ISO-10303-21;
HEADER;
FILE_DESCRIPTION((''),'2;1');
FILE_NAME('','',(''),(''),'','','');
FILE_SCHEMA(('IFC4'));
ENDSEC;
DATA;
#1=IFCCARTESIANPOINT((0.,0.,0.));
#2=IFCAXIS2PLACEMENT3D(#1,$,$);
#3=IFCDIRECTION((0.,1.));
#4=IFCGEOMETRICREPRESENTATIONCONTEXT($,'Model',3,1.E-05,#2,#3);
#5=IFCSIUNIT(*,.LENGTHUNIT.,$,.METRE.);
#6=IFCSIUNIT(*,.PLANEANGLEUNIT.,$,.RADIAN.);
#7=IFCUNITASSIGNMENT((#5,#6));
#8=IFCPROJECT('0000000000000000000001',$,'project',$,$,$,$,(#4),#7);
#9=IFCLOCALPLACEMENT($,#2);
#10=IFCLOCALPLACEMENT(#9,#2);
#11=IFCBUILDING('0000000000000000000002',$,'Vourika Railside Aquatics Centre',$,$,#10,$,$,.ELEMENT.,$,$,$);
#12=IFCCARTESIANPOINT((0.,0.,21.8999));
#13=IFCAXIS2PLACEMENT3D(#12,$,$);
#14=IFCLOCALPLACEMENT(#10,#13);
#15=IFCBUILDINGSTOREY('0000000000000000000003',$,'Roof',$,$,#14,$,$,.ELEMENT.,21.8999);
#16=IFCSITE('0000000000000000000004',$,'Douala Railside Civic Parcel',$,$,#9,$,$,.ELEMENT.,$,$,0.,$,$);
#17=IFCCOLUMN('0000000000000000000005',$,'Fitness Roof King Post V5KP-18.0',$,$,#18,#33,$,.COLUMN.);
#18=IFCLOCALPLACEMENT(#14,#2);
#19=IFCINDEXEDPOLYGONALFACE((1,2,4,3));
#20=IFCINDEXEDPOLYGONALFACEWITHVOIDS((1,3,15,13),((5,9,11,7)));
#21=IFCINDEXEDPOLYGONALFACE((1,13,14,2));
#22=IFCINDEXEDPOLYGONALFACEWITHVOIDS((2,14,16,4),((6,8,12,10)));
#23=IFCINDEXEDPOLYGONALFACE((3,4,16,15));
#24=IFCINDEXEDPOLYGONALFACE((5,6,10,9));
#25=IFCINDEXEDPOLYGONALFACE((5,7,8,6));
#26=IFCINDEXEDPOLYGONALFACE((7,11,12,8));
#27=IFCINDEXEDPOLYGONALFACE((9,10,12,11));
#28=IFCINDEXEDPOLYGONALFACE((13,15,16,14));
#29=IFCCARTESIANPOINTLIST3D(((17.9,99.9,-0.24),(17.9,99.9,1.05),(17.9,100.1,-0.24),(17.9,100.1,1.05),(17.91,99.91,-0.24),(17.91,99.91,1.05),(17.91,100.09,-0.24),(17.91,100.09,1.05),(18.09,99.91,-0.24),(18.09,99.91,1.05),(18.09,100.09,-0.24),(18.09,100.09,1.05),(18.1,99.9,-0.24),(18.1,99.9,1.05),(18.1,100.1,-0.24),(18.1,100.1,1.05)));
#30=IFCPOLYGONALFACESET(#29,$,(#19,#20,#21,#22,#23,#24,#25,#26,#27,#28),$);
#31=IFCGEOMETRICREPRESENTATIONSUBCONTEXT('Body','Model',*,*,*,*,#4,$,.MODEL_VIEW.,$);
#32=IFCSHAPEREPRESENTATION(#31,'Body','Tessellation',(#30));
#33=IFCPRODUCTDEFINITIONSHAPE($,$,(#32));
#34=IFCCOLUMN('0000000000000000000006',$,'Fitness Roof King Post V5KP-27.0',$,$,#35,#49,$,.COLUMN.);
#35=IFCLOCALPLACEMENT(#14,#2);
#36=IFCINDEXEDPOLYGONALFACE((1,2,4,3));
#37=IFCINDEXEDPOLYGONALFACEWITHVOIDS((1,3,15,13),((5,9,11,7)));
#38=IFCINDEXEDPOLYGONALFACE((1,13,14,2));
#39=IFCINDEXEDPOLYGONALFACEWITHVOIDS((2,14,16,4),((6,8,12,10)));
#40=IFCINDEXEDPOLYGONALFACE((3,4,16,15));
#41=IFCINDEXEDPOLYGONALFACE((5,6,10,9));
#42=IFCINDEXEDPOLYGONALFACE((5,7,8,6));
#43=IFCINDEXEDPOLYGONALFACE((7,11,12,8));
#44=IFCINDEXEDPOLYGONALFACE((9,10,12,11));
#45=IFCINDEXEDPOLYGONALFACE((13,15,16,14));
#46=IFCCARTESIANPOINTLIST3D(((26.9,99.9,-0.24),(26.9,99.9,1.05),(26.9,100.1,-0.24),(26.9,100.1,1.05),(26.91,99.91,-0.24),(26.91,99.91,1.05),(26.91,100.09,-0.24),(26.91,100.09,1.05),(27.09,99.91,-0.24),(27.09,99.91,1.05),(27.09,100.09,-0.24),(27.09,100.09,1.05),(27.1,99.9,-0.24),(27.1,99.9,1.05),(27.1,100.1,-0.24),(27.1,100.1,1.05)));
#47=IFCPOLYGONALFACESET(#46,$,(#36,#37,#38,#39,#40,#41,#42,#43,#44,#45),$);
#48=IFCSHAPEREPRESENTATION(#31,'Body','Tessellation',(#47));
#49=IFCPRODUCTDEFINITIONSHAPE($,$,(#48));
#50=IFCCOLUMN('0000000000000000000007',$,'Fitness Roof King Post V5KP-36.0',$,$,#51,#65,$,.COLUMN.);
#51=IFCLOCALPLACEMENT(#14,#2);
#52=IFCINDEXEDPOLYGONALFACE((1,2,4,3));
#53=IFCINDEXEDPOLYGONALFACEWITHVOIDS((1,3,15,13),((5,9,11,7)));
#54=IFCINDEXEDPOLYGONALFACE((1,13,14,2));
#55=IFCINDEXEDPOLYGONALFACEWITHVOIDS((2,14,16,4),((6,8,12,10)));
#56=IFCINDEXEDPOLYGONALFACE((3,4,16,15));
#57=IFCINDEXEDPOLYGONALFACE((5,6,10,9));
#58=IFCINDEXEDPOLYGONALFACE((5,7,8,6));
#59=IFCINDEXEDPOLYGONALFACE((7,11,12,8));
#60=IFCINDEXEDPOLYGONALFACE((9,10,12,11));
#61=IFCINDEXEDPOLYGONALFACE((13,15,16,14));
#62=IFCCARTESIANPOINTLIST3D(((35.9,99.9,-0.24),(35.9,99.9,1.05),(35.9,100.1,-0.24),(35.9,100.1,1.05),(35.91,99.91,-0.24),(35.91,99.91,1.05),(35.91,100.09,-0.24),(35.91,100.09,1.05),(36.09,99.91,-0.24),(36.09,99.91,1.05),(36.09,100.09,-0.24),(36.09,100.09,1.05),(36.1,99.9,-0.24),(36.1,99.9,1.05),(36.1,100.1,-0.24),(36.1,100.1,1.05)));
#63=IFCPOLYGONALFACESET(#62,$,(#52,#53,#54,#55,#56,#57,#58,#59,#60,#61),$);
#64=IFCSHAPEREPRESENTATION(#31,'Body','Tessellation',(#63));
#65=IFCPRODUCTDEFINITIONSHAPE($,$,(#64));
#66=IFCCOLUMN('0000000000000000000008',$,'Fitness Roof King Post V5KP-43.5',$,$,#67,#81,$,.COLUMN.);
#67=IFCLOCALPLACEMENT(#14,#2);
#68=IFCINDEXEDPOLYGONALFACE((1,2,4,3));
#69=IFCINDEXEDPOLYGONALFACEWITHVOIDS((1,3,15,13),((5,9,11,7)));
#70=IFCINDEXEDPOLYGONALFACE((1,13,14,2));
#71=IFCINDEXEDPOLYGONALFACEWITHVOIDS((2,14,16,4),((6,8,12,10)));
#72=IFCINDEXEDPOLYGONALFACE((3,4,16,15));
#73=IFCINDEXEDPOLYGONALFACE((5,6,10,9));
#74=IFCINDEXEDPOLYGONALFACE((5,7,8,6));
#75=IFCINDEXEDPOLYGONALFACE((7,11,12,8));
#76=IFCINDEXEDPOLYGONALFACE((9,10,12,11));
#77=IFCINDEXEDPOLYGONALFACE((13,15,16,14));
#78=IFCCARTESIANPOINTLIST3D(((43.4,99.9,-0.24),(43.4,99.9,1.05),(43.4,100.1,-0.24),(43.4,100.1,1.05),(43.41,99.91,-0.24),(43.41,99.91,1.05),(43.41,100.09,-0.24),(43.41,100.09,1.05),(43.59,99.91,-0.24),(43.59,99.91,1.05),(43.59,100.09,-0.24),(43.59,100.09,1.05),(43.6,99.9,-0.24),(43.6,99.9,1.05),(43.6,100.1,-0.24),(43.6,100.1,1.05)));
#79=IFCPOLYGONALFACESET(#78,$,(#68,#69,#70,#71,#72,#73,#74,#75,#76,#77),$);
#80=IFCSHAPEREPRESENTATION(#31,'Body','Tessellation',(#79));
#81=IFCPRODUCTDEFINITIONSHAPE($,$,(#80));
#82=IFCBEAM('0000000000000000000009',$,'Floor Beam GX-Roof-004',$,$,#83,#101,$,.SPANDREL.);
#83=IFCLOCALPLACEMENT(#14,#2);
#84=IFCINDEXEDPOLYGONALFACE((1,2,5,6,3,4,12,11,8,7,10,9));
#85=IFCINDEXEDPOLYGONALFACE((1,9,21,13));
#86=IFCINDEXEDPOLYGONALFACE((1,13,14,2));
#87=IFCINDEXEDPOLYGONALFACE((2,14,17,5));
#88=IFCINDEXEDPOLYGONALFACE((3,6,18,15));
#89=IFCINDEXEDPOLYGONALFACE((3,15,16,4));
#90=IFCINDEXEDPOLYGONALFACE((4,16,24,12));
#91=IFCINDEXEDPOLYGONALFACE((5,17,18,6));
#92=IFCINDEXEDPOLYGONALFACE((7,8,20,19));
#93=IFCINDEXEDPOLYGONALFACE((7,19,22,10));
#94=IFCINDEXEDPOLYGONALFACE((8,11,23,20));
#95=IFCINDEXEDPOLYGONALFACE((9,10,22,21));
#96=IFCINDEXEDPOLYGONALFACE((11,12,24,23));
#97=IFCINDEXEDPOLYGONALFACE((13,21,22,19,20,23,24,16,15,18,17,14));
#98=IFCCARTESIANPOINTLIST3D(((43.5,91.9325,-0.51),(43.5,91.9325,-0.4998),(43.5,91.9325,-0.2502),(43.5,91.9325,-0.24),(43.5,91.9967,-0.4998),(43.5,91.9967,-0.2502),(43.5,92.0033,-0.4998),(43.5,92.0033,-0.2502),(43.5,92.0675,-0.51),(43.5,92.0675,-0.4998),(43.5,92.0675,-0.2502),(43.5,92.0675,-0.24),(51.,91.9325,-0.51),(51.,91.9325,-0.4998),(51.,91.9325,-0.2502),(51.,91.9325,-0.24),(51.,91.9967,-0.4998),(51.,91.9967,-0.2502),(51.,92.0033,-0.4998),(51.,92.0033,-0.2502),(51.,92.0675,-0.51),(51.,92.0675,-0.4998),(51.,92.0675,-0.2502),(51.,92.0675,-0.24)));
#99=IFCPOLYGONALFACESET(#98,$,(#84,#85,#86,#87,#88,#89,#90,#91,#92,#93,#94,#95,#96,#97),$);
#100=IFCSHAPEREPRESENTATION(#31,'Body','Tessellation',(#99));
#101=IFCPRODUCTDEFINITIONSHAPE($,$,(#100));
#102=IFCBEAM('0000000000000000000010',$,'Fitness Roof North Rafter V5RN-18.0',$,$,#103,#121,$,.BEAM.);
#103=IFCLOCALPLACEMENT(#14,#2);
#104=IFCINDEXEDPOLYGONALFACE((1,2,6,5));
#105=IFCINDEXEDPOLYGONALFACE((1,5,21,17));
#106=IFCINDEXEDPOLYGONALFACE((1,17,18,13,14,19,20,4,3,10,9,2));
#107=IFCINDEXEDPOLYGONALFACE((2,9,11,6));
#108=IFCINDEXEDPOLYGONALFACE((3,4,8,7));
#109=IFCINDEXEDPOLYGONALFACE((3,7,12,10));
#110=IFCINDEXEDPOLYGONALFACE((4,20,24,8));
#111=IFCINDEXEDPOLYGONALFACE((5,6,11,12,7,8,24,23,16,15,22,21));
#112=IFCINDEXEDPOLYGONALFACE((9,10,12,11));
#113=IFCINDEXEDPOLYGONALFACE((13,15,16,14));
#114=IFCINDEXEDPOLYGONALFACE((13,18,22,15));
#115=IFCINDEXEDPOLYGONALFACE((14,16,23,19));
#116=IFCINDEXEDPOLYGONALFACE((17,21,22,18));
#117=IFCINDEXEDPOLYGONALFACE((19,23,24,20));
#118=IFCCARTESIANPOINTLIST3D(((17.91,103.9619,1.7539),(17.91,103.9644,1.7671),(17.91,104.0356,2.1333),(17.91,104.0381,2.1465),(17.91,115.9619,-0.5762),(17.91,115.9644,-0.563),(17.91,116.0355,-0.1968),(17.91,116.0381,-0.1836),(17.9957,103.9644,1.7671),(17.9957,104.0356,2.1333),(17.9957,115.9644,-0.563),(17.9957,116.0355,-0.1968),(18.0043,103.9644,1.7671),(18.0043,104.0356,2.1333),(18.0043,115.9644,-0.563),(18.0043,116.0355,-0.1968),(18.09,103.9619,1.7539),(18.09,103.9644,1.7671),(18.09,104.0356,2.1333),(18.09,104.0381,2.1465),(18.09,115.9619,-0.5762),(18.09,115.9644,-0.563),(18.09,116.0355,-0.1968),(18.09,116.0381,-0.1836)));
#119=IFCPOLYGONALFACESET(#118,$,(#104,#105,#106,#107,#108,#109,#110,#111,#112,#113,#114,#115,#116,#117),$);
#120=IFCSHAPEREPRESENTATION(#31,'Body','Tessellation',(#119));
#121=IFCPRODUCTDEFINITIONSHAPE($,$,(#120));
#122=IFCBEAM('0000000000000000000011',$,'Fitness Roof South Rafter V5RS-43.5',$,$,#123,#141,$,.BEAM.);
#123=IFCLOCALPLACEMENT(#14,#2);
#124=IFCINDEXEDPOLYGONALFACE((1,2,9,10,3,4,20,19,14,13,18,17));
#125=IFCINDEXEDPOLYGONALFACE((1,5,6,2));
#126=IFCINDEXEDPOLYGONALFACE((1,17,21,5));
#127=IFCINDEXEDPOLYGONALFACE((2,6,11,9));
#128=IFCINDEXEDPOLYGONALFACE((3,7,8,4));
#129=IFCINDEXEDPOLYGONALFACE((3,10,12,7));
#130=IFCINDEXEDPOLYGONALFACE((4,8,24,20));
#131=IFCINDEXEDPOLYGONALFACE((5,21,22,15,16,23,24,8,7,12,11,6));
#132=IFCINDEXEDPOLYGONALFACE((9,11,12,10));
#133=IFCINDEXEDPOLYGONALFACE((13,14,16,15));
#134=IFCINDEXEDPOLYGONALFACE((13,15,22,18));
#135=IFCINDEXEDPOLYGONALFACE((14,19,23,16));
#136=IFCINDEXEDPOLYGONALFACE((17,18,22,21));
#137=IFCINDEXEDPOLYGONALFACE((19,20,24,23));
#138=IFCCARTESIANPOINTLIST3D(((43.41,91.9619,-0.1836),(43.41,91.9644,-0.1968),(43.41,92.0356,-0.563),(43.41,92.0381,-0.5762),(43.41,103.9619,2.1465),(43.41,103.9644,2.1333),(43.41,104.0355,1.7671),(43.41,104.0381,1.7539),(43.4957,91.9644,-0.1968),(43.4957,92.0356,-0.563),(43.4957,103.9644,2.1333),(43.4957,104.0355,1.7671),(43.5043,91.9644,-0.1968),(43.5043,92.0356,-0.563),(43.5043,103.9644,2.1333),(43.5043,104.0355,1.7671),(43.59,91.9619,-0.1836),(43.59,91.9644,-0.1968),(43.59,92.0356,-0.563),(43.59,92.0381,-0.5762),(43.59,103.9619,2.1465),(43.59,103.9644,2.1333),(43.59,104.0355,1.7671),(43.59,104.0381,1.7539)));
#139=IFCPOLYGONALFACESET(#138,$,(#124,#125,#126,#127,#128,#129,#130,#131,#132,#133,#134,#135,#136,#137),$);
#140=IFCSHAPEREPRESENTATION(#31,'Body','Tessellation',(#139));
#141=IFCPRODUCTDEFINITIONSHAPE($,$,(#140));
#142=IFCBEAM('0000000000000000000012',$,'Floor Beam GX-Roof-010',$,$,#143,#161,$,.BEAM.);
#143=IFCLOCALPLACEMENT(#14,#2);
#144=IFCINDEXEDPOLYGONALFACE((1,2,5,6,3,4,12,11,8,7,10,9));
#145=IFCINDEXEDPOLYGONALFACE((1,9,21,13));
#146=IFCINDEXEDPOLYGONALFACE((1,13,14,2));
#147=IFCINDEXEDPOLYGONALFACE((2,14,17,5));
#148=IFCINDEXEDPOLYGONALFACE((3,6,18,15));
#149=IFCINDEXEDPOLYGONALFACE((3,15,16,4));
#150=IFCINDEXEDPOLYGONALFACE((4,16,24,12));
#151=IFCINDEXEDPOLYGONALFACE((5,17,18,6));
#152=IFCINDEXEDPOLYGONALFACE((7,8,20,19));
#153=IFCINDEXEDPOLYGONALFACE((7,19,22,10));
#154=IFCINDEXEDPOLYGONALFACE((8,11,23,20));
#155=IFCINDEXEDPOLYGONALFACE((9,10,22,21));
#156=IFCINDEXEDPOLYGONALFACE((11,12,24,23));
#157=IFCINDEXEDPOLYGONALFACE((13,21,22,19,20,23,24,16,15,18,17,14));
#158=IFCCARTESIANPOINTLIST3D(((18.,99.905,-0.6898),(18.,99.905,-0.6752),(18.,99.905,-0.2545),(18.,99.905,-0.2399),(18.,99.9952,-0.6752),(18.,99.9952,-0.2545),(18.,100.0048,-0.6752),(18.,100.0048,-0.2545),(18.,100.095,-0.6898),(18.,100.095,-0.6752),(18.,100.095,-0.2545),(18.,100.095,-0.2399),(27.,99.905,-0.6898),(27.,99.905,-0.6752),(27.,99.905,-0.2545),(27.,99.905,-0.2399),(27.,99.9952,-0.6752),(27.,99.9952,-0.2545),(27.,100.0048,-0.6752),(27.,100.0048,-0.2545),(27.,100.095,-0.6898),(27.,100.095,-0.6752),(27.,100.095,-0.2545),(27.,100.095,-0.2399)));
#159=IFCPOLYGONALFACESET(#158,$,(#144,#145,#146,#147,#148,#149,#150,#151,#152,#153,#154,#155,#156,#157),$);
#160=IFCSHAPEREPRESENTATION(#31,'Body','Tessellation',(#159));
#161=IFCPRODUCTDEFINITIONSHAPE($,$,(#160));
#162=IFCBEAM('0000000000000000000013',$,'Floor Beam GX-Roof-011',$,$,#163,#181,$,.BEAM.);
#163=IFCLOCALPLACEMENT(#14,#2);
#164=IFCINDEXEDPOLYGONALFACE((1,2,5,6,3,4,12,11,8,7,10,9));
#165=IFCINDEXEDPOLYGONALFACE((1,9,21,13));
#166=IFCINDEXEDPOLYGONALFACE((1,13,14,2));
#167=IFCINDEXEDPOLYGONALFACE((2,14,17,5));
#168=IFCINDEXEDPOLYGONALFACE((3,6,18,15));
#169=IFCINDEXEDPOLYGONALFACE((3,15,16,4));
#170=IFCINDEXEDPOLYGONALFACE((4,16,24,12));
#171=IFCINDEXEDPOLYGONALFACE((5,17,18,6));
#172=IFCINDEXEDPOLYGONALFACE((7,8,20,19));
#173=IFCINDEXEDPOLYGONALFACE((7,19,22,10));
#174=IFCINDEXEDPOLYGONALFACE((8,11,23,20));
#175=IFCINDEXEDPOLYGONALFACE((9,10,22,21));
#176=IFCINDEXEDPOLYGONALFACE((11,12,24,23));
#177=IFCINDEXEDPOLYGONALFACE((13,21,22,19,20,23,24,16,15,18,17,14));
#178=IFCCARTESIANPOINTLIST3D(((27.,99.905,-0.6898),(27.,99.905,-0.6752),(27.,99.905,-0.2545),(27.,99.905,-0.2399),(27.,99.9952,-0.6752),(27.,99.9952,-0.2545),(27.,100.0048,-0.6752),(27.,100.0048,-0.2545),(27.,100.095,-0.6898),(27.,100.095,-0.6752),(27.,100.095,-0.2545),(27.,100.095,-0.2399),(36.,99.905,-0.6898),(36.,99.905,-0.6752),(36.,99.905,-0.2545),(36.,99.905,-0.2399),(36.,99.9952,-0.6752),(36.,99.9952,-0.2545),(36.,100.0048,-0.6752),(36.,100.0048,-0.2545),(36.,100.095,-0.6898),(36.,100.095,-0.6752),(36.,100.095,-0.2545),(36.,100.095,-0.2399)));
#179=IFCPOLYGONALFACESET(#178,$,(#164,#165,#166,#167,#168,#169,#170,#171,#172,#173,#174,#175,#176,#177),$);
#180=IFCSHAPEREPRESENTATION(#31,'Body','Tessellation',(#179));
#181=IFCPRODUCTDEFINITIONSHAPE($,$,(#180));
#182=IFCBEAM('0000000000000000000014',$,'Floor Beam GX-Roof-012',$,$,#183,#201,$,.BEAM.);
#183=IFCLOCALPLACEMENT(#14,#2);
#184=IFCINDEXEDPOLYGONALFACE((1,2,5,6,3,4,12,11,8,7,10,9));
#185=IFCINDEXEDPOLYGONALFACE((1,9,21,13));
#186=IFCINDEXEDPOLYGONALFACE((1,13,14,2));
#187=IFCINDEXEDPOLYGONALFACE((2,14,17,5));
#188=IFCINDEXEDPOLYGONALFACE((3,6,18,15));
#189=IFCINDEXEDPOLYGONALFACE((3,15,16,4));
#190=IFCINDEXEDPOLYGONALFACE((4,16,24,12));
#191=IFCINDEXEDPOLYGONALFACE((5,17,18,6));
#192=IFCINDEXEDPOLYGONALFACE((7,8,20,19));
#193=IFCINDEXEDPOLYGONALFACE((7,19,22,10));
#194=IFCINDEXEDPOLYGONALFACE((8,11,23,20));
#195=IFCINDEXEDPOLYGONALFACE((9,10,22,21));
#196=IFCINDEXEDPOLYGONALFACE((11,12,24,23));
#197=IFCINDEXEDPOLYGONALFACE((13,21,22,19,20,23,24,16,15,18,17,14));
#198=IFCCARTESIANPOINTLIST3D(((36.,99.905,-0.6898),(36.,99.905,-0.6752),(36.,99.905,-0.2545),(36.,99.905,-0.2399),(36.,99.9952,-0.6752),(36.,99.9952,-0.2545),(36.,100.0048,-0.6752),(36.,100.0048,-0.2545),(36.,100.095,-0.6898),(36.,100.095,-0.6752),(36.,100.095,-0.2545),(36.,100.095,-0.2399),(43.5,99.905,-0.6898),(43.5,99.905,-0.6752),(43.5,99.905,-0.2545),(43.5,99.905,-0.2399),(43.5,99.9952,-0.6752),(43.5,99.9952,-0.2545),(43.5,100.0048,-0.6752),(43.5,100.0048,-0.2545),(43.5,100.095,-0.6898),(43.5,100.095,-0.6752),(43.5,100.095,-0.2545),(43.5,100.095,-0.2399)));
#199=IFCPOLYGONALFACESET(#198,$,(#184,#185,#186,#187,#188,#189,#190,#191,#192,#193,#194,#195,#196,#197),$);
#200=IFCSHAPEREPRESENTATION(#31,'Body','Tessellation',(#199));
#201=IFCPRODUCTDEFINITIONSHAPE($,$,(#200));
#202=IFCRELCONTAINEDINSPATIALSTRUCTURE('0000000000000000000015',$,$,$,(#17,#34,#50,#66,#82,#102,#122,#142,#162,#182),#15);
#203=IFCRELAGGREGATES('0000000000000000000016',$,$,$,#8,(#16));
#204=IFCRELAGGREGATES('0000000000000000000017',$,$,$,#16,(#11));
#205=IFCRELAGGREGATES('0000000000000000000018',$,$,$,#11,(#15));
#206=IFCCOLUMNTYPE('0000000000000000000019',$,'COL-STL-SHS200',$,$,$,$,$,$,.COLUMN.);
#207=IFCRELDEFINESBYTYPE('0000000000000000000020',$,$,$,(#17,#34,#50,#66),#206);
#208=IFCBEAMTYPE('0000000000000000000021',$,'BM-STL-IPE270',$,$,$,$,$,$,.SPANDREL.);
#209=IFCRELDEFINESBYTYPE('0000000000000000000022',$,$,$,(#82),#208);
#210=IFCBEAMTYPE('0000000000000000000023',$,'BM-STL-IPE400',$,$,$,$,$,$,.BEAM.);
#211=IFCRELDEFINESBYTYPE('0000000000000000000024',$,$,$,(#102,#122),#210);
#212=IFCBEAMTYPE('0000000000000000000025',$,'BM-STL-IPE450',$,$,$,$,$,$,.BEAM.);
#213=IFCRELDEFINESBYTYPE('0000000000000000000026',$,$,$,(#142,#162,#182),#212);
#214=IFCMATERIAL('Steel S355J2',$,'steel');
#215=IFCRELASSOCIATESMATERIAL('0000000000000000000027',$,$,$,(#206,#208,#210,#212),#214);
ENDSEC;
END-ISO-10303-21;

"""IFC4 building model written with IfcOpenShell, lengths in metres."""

from ifc_helpers import new_model, si_unit, direction, frame, origin, origin_2d, place, context, subcontext, project, spatial, hollow_rectangle, i_section, extrude, material, material_profile, profile_set, type_object, element, save


model = new_model("IFC4")

# Units and contexts
model_context = context("Model", 3, precision=1e-05, world=origin(), true_north=direction((0.0, 1.0)))
body_context = subcontext(model_context, "Body", "Model", "MODEL_VIEW")
ifc_project = project(units=[si_unit("LENGTHUNIT", "METRE"), si_unit("PLANEANGLEUNIT", "RADIAN")], contexts=[model_context])

# Site, building, storey
site_placement = place(None, origin())
site = spatial("IfcSite", under=ifc_project, at=site_placement, Name="Douala Railside Civic Parcel", CompositionType="ELEMENT", RefElevation=0.0)
building_placement = place(site_placement, origin())
building = spatial("IfcBuilding", under=site, at=building_placement, Name="Vourika Railside Aquatics Centre", CompositionType="ELEMENT")
storey_placement = place(building_placement, frame((0.0, 0.0, 21.8999)))
storey = spatial("IfcBuildingStorey", under=building, at=storey_placement, Name="Roof", CompositionType="ELEMENT", Elevation=21.8999)

# Columns
ifc_material_1 = material(Name="Steel S355J2", Category="steel")
ifc_material_profile_1 = material_profile(ifc_material_1, hollow_rectangle(XDim=0.2, YDim=0.2, WallThickness=0.01, at=origin_2d()), Name="SHS 200x200x10")
ifc_profile_set_1 = profile_set([ifc_material_profile_1], Name="Steel S355J2")
column_type = type_object("IfcColumnType", Name="COL-STL-SHS200", PredefinedType="COLUMN", material=ifc_profile_set_1)
for number, where, z_axis, x_axis, name in (
    (1, (18.0, 100.0, -0.24), (0.0, 0.0, 1.0), (1.0, 0.0, 0.0), "Fitness Roof King Post V5KP-18.0"),
    (2, (27.0, 100.0, -0.24), (0.0, 0.0, 1.0), (1.0, 0.0, 0.0), "Fitness Roof King Post V5KP-27.0"),
    (3, (36.0, 100.0, -0.24), (0.0, 0.0, 1.0), (1.0, 0.0, 0.0), "Fitness Roof King Post V5KP-36.0"),
    (4, (43.5, 100.0, -0.24), (0.0, 0.0, 1.0), (1.0, 0.0, 0.0), "Fitness Roof King Post V5KP-43.5"),
):
    element("IfcColumn", number, at=place(storey_placement, frame(where, z_axis=z_axis, x_axis=x_axis)), inside=storey, type_object=column_type, Name=name, PredefinedType="COLUMN", context=body_context, shape_type="SweptSolid", body=[
        extrude(hollow_rectangle(XDim=0.2, YDim=0.2, WallThickness=0.01, at=origin_2d()), origin(), (0.0, 0.0, 1.0), 1.29),
    ])

# Beams
ifc_material_profile_2 = material_profile(ifc_material_1, i_section(OverallWidth=0.135, OverallDepth=0.27, WebThickness=0.0066, FlangeThickness=0.0103, at=origin_2d()), Name="IPE 270")
ifc_profile_set_2 = profile_set([ifc_material_profile_2], Name="Steel S355J2")
beam_type_1 = type_object("IfcBeamType", Name="BM-STL-IPE270", PredefinedType="SPANDREL", material=ifc_profile_set_2)
beam_placement = place(storey_placement, frame((43.5, 92.0, -0.375), z_axis=(1.0, 0.0, 0.0), x_axis=(0.0, 1.0, 0.0)))
element("IfcBeam", 5, at=beam_placement, inside=storey, type_object=beam_type_1, Name="Floor Beam GX-Roof-004", PredefinedType="SPANDREL", context=body_context, shape_type="SweptSolid", body=[
    extrude(i_section(OverallWidth=0.135, OverallDepth=0.27, WebThickness=0.0066, FlangeThickness=0.0103, at=origin_2d()), origin(), (0.0, 0.0, 1.0), 7.5),
])
ifc_material_profile_3 = material_profile(ifc_material_1, i_section(OverallWidth=0.1799, OverallDepth=0.3999, WebThickness=0.0085, FlangeThickness=0.0134, at=origin_2d()), Name="IPE 400")
ifc_profile_set_3 = profile_set([ifc_material_profile_3], Name="Steel S355J2")
beam_type_2 = type_object("IfcBeamType", Name="BM-STL-IPE400", PredefinedType="BEAM", material=ifc_profile_set_3)
for number, where, z_axis, x_axis, name in (
    (6, (18.0, 104.0, 1.9502), (0.0, 0.981665, -0.190613), (-1.0, 0.0, 0.0), "Fitness Roof North Rafter V5RN-18.0"),
    (7, (43.5, 92.0, -0.3799), (0.0, 0.981665, 0.190613), (-1.0, 0.0, 0.0), "Fitness Roof South Rafter V5RS-43.5"),
):
    element("IfcBeam", number, at=place(storey_placement, frame(where, z_axis=z_axis, x_axis=x_axis)), inside=storey, type_object=beam_type_2, Name=name, PredefinedType="BEAM", context=body_context, shape_type="SweptSolid", body=[
        extrude(i_section(OverallWidth=0.1799, OverallDepth=0.3999, WebThickness=0.0085, FlangeThickness=0.0134, at=origin_2d()), origin(), (0.0, 0.0, 1.0), 12.2241),
    ])
ifc_material_profile_4 = material_profile(ifc_material_1, i_section(OverallWidth=0.1899, OverallDepth=0.45, WebThickness=0.0095, FlangeThickness=0.0146, at=origin_2d()), Name="IPE 450")
ifc_profile_set_4 = profile_set([ifc_material_profile_4], Name="Steel S355J2")
beam_type_3 = type_object("IfcBeamType", Name="BM-STL-IPE450", PredefinedType="BEAM", material=ifc_profile_set_4)
for number, where, z_axis, x_axis, name in (
    (8, (18.0, 100.0, -0.4648), (1.0, 0.0, 0.0), (0.0, 1.0, 0.0), "Floor Beam GX-Roof-010"),
    (9, (27.0, 100.0, -0.4648), (1.0, 0.0, 0.0), (0.0, 1.0, 0.0), "Floor Beam GX-Roof-011"),
):
    element("IfcBeam", number, at=place(storey_placement, frame(where, z_axis=z_axis, x_axis=x_axis)), inside=storey, type_object=beam_type_3, Name=name, PredefinedType="BEAM", context=body_context, shape_type="SweptSolid", body=[
        extrude(i_section(OverallWidth=0.1899, OverallDepth=0.45, WebThickness=0.0095, FlangeThickness=0.0146, at=origin_2d()), origin(), (0.0, 0.0, 1.0), 9.0),
    ])
for number, where, z_axis, x_axis, name in (
    (10, (36.0, 100.0, -0.4648), (1.0, 0.0, 0.0), (0.0, 1.0, 0.0), "Floor Beam GX-Roof-012"),
):
    element("IfcBeam", number, at=place(storey_placement, frame(where, z_axis=z_axis, x_axis=x_axis)), inside=storey, type_object=beam_type_3, Name=name, PredefinedType="BEAM", context=body_context, shape_type="SweptSolid", body=[
        extrude(i_section(OverallWidth=0.1899, OverallDepth=0.45, WebThickness=0.0095, FlangeThickness=0.0146, at=origin_2d()), origin(), (0.0, 0.0, 1.0), 7.5),
    ])

save(model, "model.ifc")
